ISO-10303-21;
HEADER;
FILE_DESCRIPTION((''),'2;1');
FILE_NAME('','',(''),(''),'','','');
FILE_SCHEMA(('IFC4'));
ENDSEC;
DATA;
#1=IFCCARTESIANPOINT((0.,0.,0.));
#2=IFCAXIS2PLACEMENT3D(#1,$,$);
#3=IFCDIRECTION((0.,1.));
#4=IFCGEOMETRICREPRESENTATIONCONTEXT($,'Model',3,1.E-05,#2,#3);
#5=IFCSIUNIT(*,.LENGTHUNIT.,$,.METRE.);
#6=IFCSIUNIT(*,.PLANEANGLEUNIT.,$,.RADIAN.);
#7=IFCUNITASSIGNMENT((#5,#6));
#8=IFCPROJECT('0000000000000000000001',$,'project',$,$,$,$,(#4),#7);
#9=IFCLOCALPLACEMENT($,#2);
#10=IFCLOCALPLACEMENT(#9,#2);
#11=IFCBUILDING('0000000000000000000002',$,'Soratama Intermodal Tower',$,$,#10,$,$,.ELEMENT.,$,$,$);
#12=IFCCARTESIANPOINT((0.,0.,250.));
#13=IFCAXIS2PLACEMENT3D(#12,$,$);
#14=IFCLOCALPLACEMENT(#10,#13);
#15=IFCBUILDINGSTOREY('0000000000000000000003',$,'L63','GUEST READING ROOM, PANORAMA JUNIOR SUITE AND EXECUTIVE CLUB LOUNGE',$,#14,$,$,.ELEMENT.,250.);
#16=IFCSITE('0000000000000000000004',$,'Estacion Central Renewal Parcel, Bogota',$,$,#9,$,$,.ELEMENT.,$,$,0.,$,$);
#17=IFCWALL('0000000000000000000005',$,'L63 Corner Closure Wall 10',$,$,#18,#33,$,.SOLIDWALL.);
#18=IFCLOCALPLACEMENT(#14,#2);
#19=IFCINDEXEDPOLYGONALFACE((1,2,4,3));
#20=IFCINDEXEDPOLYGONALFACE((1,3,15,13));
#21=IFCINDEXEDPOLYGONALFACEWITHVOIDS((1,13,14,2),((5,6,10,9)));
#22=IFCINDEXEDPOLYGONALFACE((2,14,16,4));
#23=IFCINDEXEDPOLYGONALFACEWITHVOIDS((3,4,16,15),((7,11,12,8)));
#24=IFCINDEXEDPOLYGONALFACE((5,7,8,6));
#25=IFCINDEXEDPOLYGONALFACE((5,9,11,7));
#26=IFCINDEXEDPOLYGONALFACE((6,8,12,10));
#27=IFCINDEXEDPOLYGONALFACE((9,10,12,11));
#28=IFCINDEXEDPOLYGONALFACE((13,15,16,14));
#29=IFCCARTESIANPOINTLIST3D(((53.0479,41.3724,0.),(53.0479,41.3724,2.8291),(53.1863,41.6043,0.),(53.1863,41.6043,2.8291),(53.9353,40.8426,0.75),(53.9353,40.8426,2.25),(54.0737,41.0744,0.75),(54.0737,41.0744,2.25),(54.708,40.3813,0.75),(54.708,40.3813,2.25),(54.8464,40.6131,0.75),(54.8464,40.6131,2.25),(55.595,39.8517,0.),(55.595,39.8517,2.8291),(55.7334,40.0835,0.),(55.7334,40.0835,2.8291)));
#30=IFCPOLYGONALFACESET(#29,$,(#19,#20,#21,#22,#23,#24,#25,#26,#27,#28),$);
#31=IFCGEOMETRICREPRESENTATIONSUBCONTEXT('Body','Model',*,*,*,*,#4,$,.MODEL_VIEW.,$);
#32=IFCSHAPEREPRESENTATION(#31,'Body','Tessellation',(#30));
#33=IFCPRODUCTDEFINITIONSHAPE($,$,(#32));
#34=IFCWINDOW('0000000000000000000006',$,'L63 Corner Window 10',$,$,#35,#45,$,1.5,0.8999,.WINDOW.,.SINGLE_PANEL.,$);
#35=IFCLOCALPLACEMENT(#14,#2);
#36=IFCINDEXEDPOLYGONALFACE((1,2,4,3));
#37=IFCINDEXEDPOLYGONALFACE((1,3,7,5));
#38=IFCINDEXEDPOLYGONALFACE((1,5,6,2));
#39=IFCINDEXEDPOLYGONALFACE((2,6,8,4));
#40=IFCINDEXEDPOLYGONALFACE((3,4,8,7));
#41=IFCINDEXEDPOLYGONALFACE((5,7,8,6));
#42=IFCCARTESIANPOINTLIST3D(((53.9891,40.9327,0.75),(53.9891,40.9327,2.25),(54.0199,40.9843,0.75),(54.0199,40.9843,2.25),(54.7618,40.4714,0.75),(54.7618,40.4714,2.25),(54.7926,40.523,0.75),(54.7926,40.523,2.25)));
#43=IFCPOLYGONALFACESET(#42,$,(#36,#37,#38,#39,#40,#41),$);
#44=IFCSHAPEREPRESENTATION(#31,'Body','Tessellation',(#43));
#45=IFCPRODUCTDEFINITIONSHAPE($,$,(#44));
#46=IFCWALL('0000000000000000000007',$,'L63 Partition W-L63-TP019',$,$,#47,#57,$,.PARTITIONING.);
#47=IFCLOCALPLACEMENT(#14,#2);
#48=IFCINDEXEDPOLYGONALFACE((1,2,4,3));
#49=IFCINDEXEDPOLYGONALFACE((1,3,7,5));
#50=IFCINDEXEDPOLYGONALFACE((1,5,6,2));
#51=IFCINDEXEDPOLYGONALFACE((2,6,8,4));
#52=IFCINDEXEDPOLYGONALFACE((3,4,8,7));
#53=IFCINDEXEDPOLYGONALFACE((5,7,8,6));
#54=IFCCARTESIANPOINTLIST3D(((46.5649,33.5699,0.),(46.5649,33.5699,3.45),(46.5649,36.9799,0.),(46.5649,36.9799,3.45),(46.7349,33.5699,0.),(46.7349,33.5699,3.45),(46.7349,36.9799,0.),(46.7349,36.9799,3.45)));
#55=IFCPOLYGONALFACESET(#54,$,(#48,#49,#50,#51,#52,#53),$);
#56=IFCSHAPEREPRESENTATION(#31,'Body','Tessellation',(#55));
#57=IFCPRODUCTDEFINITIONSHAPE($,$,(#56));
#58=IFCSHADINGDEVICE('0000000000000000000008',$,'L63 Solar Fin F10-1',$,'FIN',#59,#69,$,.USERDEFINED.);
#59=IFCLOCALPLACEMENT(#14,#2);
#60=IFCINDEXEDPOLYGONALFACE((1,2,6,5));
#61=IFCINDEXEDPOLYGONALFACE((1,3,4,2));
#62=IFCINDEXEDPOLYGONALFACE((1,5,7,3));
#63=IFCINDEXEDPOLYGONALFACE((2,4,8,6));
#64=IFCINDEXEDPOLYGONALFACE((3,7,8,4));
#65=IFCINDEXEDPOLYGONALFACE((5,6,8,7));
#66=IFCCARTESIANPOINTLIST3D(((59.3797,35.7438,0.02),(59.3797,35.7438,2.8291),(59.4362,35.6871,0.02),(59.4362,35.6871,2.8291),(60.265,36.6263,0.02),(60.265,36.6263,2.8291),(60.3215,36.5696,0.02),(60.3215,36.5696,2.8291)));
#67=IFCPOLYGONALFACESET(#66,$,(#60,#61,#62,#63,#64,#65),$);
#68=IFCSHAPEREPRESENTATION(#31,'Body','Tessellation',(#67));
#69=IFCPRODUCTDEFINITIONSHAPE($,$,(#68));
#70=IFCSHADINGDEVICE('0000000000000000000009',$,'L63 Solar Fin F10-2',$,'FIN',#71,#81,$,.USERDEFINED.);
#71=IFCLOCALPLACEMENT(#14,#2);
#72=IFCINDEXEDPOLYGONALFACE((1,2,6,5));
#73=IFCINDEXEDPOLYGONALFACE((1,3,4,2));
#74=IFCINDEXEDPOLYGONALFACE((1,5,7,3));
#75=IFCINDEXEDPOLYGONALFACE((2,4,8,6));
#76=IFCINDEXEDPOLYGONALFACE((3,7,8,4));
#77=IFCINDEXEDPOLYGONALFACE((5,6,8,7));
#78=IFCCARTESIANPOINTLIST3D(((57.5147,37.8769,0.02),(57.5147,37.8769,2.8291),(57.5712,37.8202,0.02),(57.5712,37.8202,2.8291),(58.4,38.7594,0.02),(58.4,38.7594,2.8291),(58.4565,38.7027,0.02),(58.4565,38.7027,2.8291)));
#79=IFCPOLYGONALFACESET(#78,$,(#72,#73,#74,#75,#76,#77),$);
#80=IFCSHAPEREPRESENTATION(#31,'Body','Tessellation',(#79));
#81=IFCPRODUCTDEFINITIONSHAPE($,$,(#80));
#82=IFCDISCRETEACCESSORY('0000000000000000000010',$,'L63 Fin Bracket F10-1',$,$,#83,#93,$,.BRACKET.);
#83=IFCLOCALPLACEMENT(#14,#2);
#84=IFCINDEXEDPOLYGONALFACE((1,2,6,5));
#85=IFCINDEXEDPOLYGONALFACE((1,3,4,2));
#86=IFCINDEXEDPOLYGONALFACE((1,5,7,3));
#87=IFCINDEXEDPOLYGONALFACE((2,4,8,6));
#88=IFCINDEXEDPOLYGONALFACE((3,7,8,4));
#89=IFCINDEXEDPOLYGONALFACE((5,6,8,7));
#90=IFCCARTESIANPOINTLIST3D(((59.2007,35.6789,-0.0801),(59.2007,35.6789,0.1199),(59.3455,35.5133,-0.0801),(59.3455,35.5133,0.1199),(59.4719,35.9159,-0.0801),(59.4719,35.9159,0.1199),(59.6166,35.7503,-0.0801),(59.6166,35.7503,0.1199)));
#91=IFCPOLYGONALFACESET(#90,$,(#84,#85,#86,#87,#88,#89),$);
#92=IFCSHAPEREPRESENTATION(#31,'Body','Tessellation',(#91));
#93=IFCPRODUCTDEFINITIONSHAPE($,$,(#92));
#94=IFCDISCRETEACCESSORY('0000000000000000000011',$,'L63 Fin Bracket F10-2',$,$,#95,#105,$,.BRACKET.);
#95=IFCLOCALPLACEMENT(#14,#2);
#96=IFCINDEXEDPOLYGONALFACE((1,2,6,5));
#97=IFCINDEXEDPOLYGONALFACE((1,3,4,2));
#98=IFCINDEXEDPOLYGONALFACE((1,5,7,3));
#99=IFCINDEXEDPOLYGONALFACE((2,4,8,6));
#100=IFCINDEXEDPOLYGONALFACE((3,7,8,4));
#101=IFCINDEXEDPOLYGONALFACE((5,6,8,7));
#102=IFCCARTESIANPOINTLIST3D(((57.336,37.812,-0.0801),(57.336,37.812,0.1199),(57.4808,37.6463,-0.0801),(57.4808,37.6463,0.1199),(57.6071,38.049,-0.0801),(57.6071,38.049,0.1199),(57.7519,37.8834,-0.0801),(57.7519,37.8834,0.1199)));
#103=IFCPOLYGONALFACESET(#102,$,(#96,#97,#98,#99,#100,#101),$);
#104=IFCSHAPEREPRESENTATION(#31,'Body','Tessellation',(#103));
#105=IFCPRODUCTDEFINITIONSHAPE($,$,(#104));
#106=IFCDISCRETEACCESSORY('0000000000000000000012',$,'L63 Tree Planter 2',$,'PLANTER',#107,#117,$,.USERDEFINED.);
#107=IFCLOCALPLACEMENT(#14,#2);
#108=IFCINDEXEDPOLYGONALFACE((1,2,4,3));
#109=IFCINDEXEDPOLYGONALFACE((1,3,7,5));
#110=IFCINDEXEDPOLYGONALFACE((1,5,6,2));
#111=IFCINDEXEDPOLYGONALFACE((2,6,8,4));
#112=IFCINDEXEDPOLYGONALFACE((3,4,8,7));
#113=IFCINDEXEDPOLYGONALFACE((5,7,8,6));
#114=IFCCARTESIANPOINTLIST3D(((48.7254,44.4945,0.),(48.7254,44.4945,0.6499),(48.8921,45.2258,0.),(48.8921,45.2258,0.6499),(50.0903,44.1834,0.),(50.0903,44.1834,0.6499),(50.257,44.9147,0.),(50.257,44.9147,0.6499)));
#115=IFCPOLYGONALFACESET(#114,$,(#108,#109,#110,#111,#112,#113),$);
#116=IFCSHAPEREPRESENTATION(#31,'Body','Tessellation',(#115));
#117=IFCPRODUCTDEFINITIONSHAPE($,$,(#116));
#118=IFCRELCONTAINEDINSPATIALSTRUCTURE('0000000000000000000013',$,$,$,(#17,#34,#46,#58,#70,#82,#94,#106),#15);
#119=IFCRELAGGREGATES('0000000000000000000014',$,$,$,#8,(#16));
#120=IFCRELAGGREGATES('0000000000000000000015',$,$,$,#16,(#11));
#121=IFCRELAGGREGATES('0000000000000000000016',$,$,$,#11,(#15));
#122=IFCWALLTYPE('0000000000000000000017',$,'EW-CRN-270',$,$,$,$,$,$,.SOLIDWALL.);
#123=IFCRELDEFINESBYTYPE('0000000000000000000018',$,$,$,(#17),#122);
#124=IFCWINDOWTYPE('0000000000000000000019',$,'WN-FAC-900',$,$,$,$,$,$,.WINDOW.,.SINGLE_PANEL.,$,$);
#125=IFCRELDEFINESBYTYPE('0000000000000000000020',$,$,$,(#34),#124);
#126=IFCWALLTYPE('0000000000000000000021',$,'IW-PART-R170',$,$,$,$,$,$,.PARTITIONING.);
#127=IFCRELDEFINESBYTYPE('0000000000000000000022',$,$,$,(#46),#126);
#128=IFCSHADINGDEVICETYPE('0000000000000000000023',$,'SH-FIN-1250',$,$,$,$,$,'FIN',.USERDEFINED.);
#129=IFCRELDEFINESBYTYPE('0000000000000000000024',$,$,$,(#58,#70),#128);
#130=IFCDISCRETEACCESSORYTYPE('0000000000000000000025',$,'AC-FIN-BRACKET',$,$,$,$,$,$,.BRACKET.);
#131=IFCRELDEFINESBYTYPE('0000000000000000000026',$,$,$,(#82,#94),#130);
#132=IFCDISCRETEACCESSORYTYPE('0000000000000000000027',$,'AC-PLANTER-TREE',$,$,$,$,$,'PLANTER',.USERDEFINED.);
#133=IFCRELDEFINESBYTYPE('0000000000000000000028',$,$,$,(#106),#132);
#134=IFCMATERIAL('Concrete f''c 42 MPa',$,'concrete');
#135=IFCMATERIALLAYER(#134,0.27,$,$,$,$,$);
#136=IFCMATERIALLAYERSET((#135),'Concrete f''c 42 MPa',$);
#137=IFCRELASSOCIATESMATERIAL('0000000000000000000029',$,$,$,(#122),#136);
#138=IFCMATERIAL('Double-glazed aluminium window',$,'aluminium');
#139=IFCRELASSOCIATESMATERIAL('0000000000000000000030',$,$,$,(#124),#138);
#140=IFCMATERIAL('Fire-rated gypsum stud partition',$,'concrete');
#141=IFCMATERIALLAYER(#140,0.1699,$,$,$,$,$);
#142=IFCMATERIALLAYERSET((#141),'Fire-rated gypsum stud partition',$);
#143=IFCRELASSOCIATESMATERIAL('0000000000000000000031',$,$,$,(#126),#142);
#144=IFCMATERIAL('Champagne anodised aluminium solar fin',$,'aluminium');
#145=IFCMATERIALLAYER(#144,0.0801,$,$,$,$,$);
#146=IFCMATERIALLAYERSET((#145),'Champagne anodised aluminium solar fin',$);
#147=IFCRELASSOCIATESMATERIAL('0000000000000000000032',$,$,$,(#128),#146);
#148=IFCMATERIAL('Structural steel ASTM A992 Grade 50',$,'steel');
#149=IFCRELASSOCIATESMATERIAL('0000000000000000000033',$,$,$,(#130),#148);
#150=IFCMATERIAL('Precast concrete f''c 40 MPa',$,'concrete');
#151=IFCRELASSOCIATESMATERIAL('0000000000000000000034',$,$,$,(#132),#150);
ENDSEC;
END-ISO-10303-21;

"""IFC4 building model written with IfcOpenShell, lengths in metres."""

from ifc_helpers import new_model, si_unit, direction, frame, frame_2d, origin, origin_2d, place, context, subcontext, project, spatial, rectangle, extrude, material, layer, layer_set, type_object, element, fill, save


model = new_model("IFC4")

# Units and contexts
model_context = context("Model", 3, precision=1e-05, world=origin(), true_north=direction((0.0, 1.0)))
body_context = subcontext(model_context, "Body", "Model", "MODEL_VIEW")
ifc_project = project(units=[si_unit("LENGTHUNIT", "METRE"), si_unit("PLANEANGLEUNIT", "RADIAN")], contexts=[model_context])

# Site, building, storey
site_placement = place(None, origin())
site = spatial("IfcSite", under=ifc_project, at=site_placement, Name="Estacion Central Renewal Parcel, Bogota", CompositionType="ELEMENT", RefElevation=0.0)
building_placement = place(site_placement, origin())
building = spatial("IfcBuilding", under=site, at=building_placement, Name="Soratama Intermodal Tower", CompositionType="ELEMENT")
storey_placement = place(building_placement, frame((0.0, 0.0, 250.0)))
storey = spatial("IfcBuildingStorey", under=building, at=storey_placement, Name="L63", Description="GUEST READING ROOM, PANORAMA JUNIOR SUITE AND EXECUTIVE CLUB LOUNGE", CompositionType="ELEMENT", Elevation=250.0)

# Wall, opening, window
ifc_material_1 = material(Name="Concrete f'c 42 MPa", Category="concrete")
ifc_layer_1 = layer(ifc_material_1, 0.27)
ifc_layer_set_1 = layer_set([ifc_layer_1], Name="Concrete f'c 42 MPa")
wall_type_1 = type_object("IfcWallType", Name="EW-CRN-270", PredefinedType="SOLIDWALL", material=ifc_layer_set_1)
wall_1_placement = place(storey_placement, frame((55.6643, 39.9675, 0.0), z_axis=(0.0, 0.0, 1.0), x_axis=(-0.858609, 0.512631, 0.0)))
wall_1 = element("IfcWall", 1, at=wall_1_placement, inside=storey, type_object=wall_type_1, Name="L63 Corner Closure Wall 10", PredefinedType="SOLIDWALL", context=body_context, shape_type="SweptSolid", body=[
    extrude(rectangle(XDim=2.9666, YDim=0.27, at=frame_2d((1.4834, 0.0))), origin(), (0.0, 0.0, 1.0), 2.8291),
])
opening_1_placement = place(wall_1_placement, frame((1.0332, 0.0, 0.75)))
opening_1 = element("IfcOpeningElement", 2, at=opening_1_placement, cuts=wall_1, PredefinedType="OPENING", context=body_context, shape_type="SweptSolid", body=[
    extrude(rectangle(XDim=0.8999, YDim=1.5, at=frame_2d((0.45, 0.75))), frame((0.0, 0.145, 0.0), z_axis=(0.0, -1.0, 0.0), x_axis=(1.0, 0.0, 0.0)), (0.0, 0.0, 1.0), 0.29),
])
ifc_material_2 = material(Name="Double-glazed aluminium window", Category="aluminium")
window_type_1 = type_object("IfcWindowType", Name="WN-FAC-900", PartitioningType="SINGLE_PANEL", PredefinedType="WINDOW", material=ifc_material_2)
window_1_placement = place(opening_1_placement, origin())
window_1 = element("IfcWindow", 3, at=window_1_placement, inside=storey, type_object=window_type_1, Name="L63 Corner Window 10", OverallHeight=1.5, OverallWidth=0.8999, PartitioningType="SINGLE_PANEL", PredefinedType="WINDOW", context=body_context, shape_type="SweptSolid", body=[
    extrude(rectangle(XDim=0.8999, YDim=1.5, at=frame_2d((0.45, 0.75))), frame((0.0, 0.03, 0.0), z_axis=(0.0, -1.0, 0.0), x_axis=(1.0, 0.0, 0.0)), (0.0, 0.0, 1.0), 0.0601),
])
fill(opening_1, window_1)

# Wall
ifc_material_3 = material(Name="Fire-rated gypsum stud partition", Category="concrete")
ifc_layer_2 = layer(ifc_material_3, 0.1699)
ifc_layer_set_2 = layer_set([ifc_layer_2], Name="Fire-rated gypsum stud partition")
wall_type_2 = type_object("IfcWallType", Name="IW-PART-R170", PredefinedType="PARTITIONING", material=ifc_layer_set_2)
wall_2_placement = place(storey_placement, frame((46.6499, 36.98, 0.0), z_axis=(0.0, 0.0, 1.0), x_axis=(0.0, -1.0, 0.0)))
element("IfcWall", 4, at=wall_2_placement, inside=storey, type_object=wall_type_2, Name="L63 Partition W-L63-TP019", PredefinedType="PARTITIONING", context=body_context, shape_type="SweptSolid", body=[
    extrude(rectangle(XDim=3.4099, YDim=0.1699, at=frame_2d((1.7051, 0.0))), origin(), (0.0, 0.0, 1.0), 3.45),
])

# Shading devices
ifc_material_4 = material(Name="Champagne anodised aluminium solar fin", Category="aluminium")
ifc_layer_3 = layer(ifc_material_4, 0.0801)
ifc_layer_set_3 = layer_set([ifc_layer_3], Name="Champagne anodised aluminium solar fin")
shading_device_type = type_object("IfcShadingDeviceType", Name="SH-FIN-1250", ElementType="FIN", PredefinedType="USERDEFINED", material=ifc_layer_set_3)
for number, where, z_axis, x_axis, name in (
    (5, (59.8506, 36.1567, 0.02), (0.0, 0.0, 1.0), (0.708217, 0.705995, 0.0), "L63 Solar Fin F10-1"),
    (6, (57.9856, 38.2898, 0.02), (0.0, 0.0, 1.0), (0.708217, 0.705995, 0.0), "L63 Solar Fin F10-2"),
):
    element("IfcShadingDevice", number, at=place(storey_placement, frame(where, z_axis=z_axis, x_axis=x_axis)), inside=storey, type_object=shading_device_type, Name=name, ObjectType="FIN", PredefinedType="USERDEFINED", context=body_context, shape_type="SweptSolid", body=[
        extrude(rectangle(XDim=1.25, YDim=0.0801, at=origin_2d()), origin(), (0.0, 0.0, 1.0), 2.8091),
    ])

# Discrete accessories
ifc_material_5 = material(Name="Structural steel ASTM A992 Grade 50", Category="steel")
discrete_accessory_type_1 = type_object("IfcDiscreteAccessoryType", Name="AC-FIN-BRACKET", PredefinedType="BRACKET", material=ifc_material_5)
for number, where, z_axis, x_axis, name in (
    (7, (59.4087, 35.7146, -0.0801), (0.0, 0.0, 1.0), (0.752875, 0.658164, 0.0), "L63 Fin Bracket F10-1"),
    (8, (57.5439, 37.8477, -0.0801), (0.0, 0.0, 1.0), (0.752875, 0.658164, 0.0), "L63 Fin Bracket F10-2"),
):
    element("IfcDiscreteAccessory", number, at=place(storey_placement, frame(where, z_axis=z_axis, x_axis=x_axis)), inside=storey, type_object=discrete_accessory_type_1, Name=name, PredefinedType="BRACKET", context=body_context, shape_type="SweptSolid", body=[
        extrude(rectangle(XDim=0.3601, YDim=0.22, at=origin_2d()), origin(), (0.0, 0.0, 1.0), 0.2),
    ])
ifc_material_6 = material(Name="Precast concrete f'c 40 MPa", Category="concrete")
discrete_accessory_type_2 = type_object("IfcDiscreteAccessoryType", Name="AC-PLANTER-TREE", ElementType="PLANTER", PredefinedType="USERDEFINED", material=ifc_material_6)
discrete_accessory_placement = place(storey_placement, frame((49.4912, 44.7046, 0.0), z_axis=(0.0, 0.0, 1.0), x_axis=(0.222229, 0.974994, 0.0)))
element("IfcDiscreteAccessory", 9, at=discrete_accessory_placement, inside=storey, type_object=discrete_accessory_type_2, Name="L63 Tree Planter 2", ObjectType="PLANTER", PredefinedType="USERDEFINED", context=body_context, shape_type="SweptSolid", body=[
    extrude(rectangle(XDim=0.75, YDim=1.3999, at=origin_2d()), origin(), (0.0, 0.0, 1.0), 0.6499),
])

save(model, "model.ifc")
